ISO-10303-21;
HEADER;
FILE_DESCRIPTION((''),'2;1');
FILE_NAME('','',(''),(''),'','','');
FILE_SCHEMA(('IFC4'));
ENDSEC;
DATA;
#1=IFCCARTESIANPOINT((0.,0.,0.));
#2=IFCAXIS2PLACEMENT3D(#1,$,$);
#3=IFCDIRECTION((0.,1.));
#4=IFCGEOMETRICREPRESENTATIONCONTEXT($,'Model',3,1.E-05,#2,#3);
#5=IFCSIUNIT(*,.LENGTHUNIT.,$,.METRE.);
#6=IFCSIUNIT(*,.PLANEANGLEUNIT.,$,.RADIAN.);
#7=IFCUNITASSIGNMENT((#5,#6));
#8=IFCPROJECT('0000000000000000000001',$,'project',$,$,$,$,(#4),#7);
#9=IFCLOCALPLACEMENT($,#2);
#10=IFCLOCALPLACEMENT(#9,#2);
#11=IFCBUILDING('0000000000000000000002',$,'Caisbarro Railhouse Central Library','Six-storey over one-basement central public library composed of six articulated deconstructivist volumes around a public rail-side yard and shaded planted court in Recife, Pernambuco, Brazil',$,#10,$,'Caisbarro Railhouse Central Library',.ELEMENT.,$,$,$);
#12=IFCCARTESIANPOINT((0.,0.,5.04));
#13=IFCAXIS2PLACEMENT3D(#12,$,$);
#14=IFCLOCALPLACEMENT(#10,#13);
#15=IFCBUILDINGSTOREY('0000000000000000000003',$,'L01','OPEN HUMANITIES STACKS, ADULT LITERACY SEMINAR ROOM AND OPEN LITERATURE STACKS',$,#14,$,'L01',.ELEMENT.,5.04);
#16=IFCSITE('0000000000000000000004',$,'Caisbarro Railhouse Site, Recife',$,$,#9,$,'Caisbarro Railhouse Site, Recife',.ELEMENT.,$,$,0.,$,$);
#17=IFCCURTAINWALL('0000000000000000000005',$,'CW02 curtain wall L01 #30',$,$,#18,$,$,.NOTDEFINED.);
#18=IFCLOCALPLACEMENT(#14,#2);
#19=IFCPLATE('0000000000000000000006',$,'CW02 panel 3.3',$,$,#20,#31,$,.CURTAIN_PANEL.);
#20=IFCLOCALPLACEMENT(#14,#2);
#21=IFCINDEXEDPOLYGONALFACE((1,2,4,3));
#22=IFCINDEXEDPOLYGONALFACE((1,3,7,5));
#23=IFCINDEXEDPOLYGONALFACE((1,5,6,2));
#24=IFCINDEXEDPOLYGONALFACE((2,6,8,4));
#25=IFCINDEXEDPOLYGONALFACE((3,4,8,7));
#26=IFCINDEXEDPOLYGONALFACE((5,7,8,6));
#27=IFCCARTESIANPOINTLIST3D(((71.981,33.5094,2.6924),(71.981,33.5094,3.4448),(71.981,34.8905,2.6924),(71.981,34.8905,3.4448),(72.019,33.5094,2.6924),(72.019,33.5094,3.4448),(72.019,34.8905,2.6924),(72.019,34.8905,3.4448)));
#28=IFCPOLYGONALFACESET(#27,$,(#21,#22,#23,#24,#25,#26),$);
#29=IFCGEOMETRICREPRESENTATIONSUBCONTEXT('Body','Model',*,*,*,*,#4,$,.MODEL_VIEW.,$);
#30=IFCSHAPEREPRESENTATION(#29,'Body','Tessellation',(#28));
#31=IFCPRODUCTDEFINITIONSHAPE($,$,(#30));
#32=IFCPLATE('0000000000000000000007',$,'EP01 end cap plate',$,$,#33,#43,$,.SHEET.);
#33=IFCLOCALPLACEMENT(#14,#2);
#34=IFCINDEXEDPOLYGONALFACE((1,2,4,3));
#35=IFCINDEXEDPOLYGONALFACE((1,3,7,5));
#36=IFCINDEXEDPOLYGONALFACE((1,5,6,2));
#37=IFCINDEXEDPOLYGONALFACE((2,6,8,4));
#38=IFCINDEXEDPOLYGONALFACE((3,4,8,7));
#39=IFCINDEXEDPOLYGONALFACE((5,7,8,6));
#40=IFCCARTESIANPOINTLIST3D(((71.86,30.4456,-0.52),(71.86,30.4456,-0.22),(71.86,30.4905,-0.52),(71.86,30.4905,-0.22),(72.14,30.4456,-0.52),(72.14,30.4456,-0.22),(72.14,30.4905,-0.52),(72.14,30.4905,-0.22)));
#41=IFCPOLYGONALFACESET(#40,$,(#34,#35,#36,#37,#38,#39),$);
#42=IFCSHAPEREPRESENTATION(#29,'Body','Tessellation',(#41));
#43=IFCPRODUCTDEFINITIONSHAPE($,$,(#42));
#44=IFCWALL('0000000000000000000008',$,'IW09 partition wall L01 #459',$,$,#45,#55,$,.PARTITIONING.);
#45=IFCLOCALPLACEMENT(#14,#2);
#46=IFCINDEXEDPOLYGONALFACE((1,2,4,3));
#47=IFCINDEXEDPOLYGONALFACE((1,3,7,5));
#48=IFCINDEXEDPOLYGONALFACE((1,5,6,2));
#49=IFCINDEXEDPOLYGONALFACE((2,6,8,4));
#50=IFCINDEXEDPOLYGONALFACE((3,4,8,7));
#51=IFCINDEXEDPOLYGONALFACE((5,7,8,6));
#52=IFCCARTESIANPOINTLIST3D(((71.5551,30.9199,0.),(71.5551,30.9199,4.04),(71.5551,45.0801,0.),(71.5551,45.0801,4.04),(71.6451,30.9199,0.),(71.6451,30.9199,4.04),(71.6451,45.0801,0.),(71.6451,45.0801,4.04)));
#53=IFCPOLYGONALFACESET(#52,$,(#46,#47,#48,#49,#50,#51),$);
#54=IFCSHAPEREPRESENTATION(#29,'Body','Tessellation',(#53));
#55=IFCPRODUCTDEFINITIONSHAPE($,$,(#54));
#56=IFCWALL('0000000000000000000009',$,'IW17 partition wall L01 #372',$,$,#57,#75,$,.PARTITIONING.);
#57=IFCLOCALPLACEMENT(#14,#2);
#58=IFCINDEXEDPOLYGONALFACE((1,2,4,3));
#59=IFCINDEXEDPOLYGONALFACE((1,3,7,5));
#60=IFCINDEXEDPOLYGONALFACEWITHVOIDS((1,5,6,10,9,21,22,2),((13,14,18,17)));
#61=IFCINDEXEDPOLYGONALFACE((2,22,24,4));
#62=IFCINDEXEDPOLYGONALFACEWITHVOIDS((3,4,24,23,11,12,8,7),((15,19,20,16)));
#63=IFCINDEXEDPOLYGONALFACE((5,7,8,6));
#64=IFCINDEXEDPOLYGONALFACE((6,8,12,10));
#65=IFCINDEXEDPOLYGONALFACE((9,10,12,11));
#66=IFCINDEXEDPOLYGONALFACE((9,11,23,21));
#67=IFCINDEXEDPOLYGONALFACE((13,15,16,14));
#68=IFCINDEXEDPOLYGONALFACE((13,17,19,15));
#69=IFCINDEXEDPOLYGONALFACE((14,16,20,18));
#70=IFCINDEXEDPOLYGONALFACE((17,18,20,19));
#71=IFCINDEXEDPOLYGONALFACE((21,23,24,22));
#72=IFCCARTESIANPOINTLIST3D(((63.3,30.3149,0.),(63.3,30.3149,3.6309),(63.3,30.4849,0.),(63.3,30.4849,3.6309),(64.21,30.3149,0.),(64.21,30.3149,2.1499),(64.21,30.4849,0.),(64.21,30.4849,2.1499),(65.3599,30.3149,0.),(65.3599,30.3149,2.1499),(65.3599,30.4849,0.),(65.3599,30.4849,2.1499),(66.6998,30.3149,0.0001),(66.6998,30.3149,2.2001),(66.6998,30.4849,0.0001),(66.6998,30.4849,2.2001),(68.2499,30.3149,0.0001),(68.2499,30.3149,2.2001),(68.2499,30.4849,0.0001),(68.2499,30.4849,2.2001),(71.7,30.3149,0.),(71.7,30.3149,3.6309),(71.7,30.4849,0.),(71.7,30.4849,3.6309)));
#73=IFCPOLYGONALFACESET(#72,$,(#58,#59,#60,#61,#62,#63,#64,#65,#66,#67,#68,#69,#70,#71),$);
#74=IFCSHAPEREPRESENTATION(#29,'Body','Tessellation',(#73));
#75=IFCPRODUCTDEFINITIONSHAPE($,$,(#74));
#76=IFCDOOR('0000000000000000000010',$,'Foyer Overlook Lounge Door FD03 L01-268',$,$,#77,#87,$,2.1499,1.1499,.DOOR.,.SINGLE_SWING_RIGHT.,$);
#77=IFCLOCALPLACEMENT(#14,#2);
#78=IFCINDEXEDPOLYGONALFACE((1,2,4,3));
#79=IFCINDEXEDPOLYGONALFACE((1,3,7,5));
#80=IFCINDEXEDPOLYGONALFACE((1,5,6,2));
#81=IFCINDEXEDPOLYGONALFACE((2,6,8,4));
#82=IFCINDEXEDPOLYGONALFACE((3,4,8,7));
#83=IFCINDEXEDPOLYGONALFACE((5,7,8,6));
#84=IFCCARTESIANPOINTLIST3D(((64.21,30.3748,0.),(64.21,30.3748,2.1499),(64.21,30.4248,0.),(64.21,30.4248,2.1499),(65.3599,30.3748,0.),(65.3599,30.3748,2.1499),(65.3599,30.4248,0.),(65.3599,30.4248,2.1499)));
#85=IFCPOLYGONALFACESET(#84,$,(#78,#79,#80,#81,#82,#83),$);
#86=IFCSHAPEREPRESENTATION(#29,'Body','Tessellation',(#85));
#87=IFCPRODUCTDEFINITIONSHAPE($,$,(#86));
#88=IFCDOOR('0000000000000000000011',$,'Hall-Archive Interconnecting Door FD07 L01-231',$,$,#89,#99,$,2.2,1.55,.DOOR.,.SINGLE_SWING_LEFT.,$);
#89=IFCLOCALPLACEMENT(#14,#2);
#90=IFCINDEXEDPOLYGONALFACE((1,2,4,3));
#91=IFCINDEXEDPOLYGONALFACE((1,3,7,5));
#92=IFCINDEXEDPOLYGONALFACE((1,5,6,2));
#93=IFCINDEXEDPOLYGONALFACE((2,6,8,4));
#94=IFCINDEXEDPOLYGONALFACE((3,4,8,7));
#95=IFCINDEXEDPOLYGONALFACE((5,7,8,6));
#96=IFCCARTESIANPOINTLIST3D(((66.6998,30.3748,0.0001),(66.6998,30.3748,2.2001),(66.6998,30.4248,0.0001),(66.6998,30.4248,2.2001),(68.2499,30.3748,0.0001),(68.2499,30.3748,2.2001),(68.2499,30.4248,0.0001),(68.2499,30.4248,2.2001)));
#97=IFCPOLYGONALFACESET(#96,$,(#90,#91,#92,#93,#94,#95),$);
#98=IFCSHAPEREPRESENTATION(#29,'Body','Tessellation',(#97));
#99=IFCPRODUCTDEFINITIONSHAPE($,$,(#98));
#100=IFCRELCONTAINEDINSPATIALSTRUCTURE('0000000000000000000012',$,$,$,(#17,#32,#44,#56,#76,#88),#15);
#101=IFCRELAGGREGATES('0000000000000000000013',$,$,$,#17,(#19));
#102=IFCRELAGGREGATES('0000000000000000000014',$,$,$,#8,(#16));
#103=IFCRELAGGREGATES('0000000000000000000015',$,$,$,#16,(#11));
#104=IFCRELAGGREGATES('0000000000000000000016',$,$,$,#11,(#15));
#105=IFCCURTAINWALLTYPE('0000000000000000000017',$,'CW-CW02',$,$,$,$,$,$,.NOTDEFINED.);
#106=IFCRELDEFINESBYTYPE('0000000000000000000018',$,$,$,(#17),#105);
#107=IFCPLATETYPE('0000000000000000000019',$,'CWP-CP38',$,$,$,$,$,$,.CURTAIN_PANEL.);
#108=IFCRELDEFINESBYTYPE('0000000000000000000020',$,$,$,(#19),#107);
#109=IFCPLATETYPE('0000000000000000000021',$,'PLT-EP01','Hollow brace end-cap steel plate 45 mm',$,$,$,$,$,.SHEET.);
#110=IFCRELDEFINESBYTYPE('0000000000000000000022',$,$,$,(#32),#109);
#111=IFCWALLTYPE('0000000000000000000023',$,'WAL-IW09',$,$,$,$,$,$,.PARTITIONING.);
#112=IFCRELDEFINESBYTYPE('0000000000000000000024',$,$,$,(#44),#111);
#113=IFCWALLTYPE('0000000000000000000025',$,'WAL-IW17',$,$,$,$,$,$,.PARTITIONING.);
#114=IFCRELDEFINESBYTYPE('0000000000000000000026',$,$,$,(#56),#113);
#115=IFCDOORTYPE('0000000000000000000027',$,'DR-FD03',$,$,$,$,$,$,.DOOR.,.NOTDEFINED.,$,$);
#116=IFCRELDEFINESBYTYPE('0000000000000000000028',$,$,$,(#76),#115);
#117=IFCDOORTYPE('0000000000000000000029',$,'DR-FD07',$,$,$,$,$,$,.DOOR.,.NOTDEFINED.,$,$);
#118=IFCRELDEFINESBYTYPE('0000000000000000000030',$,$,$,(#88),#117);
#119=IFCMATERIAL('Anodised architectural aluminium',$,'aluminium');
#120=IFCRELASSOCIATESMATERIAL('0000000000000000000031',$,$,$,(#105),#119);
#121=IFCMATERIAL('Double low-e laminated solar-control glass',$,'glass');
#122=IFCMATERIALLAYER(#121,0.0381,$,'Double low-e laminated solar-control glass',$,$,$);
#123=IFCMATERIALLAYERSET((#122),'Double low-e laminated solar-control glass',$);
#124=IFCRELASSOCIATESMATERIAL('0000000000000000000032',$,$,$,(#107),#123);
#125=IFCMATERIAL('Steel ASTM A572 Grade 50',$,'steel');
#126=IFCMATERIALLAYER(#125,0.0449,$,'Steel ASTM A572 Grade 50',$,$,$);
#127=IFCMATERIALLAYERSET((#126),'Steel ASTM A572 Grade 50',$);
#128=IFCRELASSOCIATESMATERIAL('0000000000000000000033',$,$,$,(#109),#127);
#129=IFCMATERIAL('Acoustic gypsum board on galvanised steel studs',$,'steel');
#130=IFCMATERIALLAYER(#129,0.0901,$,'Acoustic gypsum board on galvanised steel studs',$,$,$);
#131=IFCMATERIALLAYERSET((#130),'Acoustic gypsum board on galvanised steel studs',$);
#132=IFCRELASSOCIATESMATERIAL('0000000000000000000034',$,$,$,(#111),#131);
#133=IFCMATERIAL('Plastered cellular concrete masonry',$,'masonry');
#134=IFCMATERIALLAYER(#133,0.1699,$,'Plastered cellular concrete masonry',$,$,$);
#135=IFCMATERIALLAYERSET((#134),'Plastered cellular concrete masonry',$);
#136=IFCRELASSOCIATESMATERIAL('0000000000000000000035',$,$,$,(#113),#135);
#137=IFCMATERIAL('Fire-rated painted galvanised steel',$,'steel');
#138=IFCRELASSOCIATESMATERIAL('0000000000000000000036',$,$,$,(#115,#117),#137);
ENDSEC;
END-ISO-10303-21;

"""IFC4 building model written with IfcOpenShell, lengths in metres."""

from ifc_helpers import new_model, si_unit, direction, frame, frame_2d, origin, origin_2d, place, context, subcontext, project, spatial, rectangle, extrude, material, layer, layer_set, type_object, element, fill, aggregate, save


model = new_model("IFC4")

# Units and contexts
model_context = context("Model", 3, precision=1e-05, world=origin(), true_north=direction((0.0, 1.0)))
body_context = subcontext(model_context, "Body", "Model", "MODEL_VIEW")
ifc_project = project(units=[si_unit("LENGTHUNIT", "METRE"), si_unit("PLANEANGLEUNIT", "RADIAN")], contexts=[model_context])

# Site, building, storey
site_placement = place(None, origin())
site = spatial("IfcSite", under=ifc_project, at=site_placement, Name="Caisbarro Railhouse Site, Recife", LongName="Caisbarro Railhouse Site, Recife", CompositionType="ELEMENT", RefElevation=0.0)
building_placement = place(site_placement, origin())
building = spatial("IfcBuilding", under=site, at=building_placement, Name="Caisbarro Railhouse Central Library", Description="Six-storey over one-basement central public library composed of six articulated deconstructivist volumes around a public rail-side yard and shaded planted court in Recife, Pernambuco, Brazil", LongName="Caisbarro Railhouse Central Library", CompositionType="ELEMENT")
storey_placement = place(building_placement, frame((0.0, 0.0, 5.04)))
storey = spatial("IfcBuildingStorey", under=building, at=storey_placement, Name="L01", Description="OPEN HUMANITIES STACKS, ADULT LITERACY SEMINAR ROOM AND OPEN LITERATURE STACKS", LongName="L01", CompositionType="ELEMENT", Elevation=5.04)

# Shared definitions
ifc_material_1 = material(Name="Steel ASTM A572 Grade 50", Category="steel")

# Curtain wall, plate
ifc_material_2 = material(Name="Anodised architectural aluminium", Category="aluminium")
curtain_wall_type = type_object("IfcCurtainWallType", Name="CW-CW02", PredefinedType="NOTDEFINED", material=ifc_material_2)
curtain_wall_placement = place(storey_placement, origin())
curtain_wall = element("IfcCurtainWall", 1, at=curtain_wall_placement, inside=storey, type_object=curtain_wall_type, Name="CW02 curtain wall L01 #30", PredefinedType="NOTDEFINED")
ifc_material_3 = material(Name="Double low-e laminated solar-control glass", Category="glass")
ifc_layer_1 = layer(ifc_material_3, 0.0381, Name="Double low-e laminated solar-control glass")
ifc_layer_set_1 = layer_set([ifc_layer_1], Name="Double low-e laminated solar-control glass")
plate_type_1 = type_object("IfcPlateType", Name="CWP-CP38", PredefinedType="CURTAIN_PANEL", material=ifc_layer_set_1)
plate_1_placement = place(storey_placement, frame((72.0, 34.2, 2.6924), z_axis=(0.0, 0.0, 1.0), x_axis=(0.0, 1.0, 0.0)))
plate_1 = element("IfcPlate", 2, at=plate_1_placement, type_object=plate_type_1, Name="CW02 panel 3.3", PredefinedType="CURTAIN_PANEL", context=body_context, shape_type="SweptSolid", body=[
    extrude(rectangle(XDim=1.3811, YDim=0.0381, at=origin_2d()), origin(), (0.0, 0.0, 1.0), 0.7524),
])
aggregate(curtain_wall, [plate_1])

# Plate
ifc_layer_2 = layer(ifc_material_1, 0.0449, Name="Steel ASTM A572 Grade 50")
ifc_layer_set_2 = layer_set([ifc_layer_2], Name="Steel ASTM A572 Grade 50")
plate_type_2 = type_object("IfcPlateType", Name="PLT-EP01", Description="Hollow brace end-cap steel plate 45 mm", PredefinedType="SHEET", material=ifc_layer_set_2)
plate_2_placement = place(storey_placement, frame((72.0, 30.468, -0.52), z_axis=(0.0, 0.0, 1.0), x_axis=(0.0, 1.0, 0.0)))
element("IfcPlate", 3, at=plate_2_placement, inside=storey, type_object=plate_type_2, Name="EP01 end cap plate", PredefinedType="SHEET", context=body_context, shape_type="SweptSolid", body=[
    extrude(rectangle(XDim=0.0449, YDim=0.28, at=origin_2d()), origin(), (0.0, 0.0, 1.0), 0.3),
])

# Wall
ifc_material_4 = material(Name="Acoustic gypsum board on galvanised steel studs", Category="steel")
ifc_layer_3 = layer(ifc_material_4, 0.0901, Name="Acoustic gypsum board on galvanised steel studs")
ifc_layer_set_3 = layer_set([ifc_layer_3], Name="Acoustic gypsum board on galvanised steel studs")
wall_type_1 = type_object("IfcWallType", Name="WAL-IW09", PredefinedType="PARTITIONING", material=ifc_layer_set_3)
wall_1_placement = place(storey_placement, frame((71.6001, 30.9199, 0.0), z_axis=(0.0, 0.0, 1.0), x_axis=(0.0, 1.0, 0.0)))
element("IfcWall", 4, at=wall_1_placement, inside=storey, type_object=wall_type_1, Name="IW09 partition wall L01 #459", PredefinedType="PARTITIONING", context=body_context, shape_type="SweptSolid", body=[
    extrude(rectangle(XDim=14.1602, YDim=0.0901, at=frame_2d((7.0801, 0.0))), origin(), (0.0, 0.0, 1.0), 4.04),
])

# Wall, openings, doors
ifc_material_5 = material(Name="Plastered cellular concrete masonry", Category="masonry")
ifc_layer_4 = layer(ifc_material_5, 0.1699, Name="Plastered cellular concrete masonry")
ifc_layer_set_4 = layer_set([ifc_layer_4], Name="Plastered cellular concrete masonry")
wall_type_2 = type_object("IfcWallType", Name="WAL-IW17", PredefinedType="PARTITIONING", material=ifc_layer_set_4)
wall_2_placement = place(storey_placement, frame((63.3, 30.3999, 0.0), z_axis=(0.0, 0.0, 1.0), x_axis=(1.0, 0.0, 0.0)))
wall_2 = element("IfcWall", 5, at=wall_2_placement, inside=storey, type_object=wall_type_2, Name="IW17 partition wall L01 #372", PredefinedType="PARTITIONING", context=body_context, shape_type="SweptSolid", body=[
    extrude(rectangle(XDim=8.3999, YDim=0.1699, at=frame_2d((4.2, 0.0))), origin(), (0.0, 0.0, 1.0), 3.6309),
])
opening_1_placement = place(wall_2_placement, frame((3.3999, 0.0, 0.0)))
opening_1 = element("IfcOpeningElement", 6, at=opening_1_placement, cuts=wall_2, PredefinedType="OPENING", context=body_context, shape_type="SweptSolid", body=[
    extrude(rectangle(XDim=1.55, YDim=2.2, at=frame_2d((0.7749, 1.1001))), frame((0.0, 0.095, 0.0), z_axis=(0.0, -1.0, 0.0), x_axis=(1.0, 0.0, 0.0)), (0.0, 0.0, 1.0), 0.1899),
])
opening_2_placement = place(wall_2_placement, frame((0.9099, 0.0, 0.0)))
opening_2 = element("IfcOpeningElement", 7, at=opening_2_placement, cuts=wall_2, PredefinedType="OPENING", context=body_context, shape_type="SweptSolid", body=[
    extrude(rectangle(XDim=1.1499, YDim=2.1499, at=frame_2d((0.575, 1.075))), frame((0.0, 0.095, 0.0), z_axis=(0.0, -1.0, 0.0), x_axis=(1.0, 0.0, 0.0)), (0.0, 0.0, 1.0), 0.1899),
])
ifc_material_6 = material(Name="Fire-rated painted galvanised steel", Category="steel")
door_type_1 = type_object("IfcDoorType", Name="DR-FD03", OperationType="NOTDEFINED", PredefinedType="DOOR", material=ifc_material_6)
door_1_placement = place(opening_2_placement, origin())
door_1 = element("IfcDoor", 8, at=door_1_placement, inside=storey, type_object=door_type_1, Name="Foyer Overlook Lounge Door FD03 L01-268", OperationType="SINGLE_SWING_RIGHT", OverallHeight=2.1499, OverallWidth=1.1499, PredefinedType="DOOR", context=body_context, shape_type="SweptSolid", body=[
    extrude(rectangle(XDim=1.1499, YDim=2.1499, at=frame_2d((0.575, 1.075))), frame((0.0, 0.0249, 0.0), z_axis=(0.0, -1.0, 0.0), x_axis=(1.0, 0.0, 0.0)), (0.0, 0.0, 1.0), 0.05),
])
fill(opening_2, door_1)
door_type_2 = type_object("IfcDoorType", Name="DR-FD07", OperationType="NOTDEFINED", PredefinedType="DOOR", material=ifc_material_6)
door_2_placement = place(opening_1_placement, origin())
door_2 = element("IfcDoor", 9, at=door_2_placement, inside=storey, type_object=door_type_2, Name="Hall-Archive Interconnecting Door FD07 L01-231", OperationType="SINGLE_SWING_LEFT", OverallHeight=2.2, OverallWidth=1.55, PredefinedType="DOOR", context=body_context, shape_type="SweptSolid", body=[
    extrude(rectangle(XDim=1.55, YDim=2.2, at=frame_2d((0.7749, 1.1001))), frame((0.0, 0.0249, 0.0), z_axis=(0.0, -1.0, 0.0), x_axis=(1.0, 0.0, 0.0)), (0.0, 0.0, 1.0), 0.05),
])
fill(opening_1, door_2)

save(model, "model.ifc")
